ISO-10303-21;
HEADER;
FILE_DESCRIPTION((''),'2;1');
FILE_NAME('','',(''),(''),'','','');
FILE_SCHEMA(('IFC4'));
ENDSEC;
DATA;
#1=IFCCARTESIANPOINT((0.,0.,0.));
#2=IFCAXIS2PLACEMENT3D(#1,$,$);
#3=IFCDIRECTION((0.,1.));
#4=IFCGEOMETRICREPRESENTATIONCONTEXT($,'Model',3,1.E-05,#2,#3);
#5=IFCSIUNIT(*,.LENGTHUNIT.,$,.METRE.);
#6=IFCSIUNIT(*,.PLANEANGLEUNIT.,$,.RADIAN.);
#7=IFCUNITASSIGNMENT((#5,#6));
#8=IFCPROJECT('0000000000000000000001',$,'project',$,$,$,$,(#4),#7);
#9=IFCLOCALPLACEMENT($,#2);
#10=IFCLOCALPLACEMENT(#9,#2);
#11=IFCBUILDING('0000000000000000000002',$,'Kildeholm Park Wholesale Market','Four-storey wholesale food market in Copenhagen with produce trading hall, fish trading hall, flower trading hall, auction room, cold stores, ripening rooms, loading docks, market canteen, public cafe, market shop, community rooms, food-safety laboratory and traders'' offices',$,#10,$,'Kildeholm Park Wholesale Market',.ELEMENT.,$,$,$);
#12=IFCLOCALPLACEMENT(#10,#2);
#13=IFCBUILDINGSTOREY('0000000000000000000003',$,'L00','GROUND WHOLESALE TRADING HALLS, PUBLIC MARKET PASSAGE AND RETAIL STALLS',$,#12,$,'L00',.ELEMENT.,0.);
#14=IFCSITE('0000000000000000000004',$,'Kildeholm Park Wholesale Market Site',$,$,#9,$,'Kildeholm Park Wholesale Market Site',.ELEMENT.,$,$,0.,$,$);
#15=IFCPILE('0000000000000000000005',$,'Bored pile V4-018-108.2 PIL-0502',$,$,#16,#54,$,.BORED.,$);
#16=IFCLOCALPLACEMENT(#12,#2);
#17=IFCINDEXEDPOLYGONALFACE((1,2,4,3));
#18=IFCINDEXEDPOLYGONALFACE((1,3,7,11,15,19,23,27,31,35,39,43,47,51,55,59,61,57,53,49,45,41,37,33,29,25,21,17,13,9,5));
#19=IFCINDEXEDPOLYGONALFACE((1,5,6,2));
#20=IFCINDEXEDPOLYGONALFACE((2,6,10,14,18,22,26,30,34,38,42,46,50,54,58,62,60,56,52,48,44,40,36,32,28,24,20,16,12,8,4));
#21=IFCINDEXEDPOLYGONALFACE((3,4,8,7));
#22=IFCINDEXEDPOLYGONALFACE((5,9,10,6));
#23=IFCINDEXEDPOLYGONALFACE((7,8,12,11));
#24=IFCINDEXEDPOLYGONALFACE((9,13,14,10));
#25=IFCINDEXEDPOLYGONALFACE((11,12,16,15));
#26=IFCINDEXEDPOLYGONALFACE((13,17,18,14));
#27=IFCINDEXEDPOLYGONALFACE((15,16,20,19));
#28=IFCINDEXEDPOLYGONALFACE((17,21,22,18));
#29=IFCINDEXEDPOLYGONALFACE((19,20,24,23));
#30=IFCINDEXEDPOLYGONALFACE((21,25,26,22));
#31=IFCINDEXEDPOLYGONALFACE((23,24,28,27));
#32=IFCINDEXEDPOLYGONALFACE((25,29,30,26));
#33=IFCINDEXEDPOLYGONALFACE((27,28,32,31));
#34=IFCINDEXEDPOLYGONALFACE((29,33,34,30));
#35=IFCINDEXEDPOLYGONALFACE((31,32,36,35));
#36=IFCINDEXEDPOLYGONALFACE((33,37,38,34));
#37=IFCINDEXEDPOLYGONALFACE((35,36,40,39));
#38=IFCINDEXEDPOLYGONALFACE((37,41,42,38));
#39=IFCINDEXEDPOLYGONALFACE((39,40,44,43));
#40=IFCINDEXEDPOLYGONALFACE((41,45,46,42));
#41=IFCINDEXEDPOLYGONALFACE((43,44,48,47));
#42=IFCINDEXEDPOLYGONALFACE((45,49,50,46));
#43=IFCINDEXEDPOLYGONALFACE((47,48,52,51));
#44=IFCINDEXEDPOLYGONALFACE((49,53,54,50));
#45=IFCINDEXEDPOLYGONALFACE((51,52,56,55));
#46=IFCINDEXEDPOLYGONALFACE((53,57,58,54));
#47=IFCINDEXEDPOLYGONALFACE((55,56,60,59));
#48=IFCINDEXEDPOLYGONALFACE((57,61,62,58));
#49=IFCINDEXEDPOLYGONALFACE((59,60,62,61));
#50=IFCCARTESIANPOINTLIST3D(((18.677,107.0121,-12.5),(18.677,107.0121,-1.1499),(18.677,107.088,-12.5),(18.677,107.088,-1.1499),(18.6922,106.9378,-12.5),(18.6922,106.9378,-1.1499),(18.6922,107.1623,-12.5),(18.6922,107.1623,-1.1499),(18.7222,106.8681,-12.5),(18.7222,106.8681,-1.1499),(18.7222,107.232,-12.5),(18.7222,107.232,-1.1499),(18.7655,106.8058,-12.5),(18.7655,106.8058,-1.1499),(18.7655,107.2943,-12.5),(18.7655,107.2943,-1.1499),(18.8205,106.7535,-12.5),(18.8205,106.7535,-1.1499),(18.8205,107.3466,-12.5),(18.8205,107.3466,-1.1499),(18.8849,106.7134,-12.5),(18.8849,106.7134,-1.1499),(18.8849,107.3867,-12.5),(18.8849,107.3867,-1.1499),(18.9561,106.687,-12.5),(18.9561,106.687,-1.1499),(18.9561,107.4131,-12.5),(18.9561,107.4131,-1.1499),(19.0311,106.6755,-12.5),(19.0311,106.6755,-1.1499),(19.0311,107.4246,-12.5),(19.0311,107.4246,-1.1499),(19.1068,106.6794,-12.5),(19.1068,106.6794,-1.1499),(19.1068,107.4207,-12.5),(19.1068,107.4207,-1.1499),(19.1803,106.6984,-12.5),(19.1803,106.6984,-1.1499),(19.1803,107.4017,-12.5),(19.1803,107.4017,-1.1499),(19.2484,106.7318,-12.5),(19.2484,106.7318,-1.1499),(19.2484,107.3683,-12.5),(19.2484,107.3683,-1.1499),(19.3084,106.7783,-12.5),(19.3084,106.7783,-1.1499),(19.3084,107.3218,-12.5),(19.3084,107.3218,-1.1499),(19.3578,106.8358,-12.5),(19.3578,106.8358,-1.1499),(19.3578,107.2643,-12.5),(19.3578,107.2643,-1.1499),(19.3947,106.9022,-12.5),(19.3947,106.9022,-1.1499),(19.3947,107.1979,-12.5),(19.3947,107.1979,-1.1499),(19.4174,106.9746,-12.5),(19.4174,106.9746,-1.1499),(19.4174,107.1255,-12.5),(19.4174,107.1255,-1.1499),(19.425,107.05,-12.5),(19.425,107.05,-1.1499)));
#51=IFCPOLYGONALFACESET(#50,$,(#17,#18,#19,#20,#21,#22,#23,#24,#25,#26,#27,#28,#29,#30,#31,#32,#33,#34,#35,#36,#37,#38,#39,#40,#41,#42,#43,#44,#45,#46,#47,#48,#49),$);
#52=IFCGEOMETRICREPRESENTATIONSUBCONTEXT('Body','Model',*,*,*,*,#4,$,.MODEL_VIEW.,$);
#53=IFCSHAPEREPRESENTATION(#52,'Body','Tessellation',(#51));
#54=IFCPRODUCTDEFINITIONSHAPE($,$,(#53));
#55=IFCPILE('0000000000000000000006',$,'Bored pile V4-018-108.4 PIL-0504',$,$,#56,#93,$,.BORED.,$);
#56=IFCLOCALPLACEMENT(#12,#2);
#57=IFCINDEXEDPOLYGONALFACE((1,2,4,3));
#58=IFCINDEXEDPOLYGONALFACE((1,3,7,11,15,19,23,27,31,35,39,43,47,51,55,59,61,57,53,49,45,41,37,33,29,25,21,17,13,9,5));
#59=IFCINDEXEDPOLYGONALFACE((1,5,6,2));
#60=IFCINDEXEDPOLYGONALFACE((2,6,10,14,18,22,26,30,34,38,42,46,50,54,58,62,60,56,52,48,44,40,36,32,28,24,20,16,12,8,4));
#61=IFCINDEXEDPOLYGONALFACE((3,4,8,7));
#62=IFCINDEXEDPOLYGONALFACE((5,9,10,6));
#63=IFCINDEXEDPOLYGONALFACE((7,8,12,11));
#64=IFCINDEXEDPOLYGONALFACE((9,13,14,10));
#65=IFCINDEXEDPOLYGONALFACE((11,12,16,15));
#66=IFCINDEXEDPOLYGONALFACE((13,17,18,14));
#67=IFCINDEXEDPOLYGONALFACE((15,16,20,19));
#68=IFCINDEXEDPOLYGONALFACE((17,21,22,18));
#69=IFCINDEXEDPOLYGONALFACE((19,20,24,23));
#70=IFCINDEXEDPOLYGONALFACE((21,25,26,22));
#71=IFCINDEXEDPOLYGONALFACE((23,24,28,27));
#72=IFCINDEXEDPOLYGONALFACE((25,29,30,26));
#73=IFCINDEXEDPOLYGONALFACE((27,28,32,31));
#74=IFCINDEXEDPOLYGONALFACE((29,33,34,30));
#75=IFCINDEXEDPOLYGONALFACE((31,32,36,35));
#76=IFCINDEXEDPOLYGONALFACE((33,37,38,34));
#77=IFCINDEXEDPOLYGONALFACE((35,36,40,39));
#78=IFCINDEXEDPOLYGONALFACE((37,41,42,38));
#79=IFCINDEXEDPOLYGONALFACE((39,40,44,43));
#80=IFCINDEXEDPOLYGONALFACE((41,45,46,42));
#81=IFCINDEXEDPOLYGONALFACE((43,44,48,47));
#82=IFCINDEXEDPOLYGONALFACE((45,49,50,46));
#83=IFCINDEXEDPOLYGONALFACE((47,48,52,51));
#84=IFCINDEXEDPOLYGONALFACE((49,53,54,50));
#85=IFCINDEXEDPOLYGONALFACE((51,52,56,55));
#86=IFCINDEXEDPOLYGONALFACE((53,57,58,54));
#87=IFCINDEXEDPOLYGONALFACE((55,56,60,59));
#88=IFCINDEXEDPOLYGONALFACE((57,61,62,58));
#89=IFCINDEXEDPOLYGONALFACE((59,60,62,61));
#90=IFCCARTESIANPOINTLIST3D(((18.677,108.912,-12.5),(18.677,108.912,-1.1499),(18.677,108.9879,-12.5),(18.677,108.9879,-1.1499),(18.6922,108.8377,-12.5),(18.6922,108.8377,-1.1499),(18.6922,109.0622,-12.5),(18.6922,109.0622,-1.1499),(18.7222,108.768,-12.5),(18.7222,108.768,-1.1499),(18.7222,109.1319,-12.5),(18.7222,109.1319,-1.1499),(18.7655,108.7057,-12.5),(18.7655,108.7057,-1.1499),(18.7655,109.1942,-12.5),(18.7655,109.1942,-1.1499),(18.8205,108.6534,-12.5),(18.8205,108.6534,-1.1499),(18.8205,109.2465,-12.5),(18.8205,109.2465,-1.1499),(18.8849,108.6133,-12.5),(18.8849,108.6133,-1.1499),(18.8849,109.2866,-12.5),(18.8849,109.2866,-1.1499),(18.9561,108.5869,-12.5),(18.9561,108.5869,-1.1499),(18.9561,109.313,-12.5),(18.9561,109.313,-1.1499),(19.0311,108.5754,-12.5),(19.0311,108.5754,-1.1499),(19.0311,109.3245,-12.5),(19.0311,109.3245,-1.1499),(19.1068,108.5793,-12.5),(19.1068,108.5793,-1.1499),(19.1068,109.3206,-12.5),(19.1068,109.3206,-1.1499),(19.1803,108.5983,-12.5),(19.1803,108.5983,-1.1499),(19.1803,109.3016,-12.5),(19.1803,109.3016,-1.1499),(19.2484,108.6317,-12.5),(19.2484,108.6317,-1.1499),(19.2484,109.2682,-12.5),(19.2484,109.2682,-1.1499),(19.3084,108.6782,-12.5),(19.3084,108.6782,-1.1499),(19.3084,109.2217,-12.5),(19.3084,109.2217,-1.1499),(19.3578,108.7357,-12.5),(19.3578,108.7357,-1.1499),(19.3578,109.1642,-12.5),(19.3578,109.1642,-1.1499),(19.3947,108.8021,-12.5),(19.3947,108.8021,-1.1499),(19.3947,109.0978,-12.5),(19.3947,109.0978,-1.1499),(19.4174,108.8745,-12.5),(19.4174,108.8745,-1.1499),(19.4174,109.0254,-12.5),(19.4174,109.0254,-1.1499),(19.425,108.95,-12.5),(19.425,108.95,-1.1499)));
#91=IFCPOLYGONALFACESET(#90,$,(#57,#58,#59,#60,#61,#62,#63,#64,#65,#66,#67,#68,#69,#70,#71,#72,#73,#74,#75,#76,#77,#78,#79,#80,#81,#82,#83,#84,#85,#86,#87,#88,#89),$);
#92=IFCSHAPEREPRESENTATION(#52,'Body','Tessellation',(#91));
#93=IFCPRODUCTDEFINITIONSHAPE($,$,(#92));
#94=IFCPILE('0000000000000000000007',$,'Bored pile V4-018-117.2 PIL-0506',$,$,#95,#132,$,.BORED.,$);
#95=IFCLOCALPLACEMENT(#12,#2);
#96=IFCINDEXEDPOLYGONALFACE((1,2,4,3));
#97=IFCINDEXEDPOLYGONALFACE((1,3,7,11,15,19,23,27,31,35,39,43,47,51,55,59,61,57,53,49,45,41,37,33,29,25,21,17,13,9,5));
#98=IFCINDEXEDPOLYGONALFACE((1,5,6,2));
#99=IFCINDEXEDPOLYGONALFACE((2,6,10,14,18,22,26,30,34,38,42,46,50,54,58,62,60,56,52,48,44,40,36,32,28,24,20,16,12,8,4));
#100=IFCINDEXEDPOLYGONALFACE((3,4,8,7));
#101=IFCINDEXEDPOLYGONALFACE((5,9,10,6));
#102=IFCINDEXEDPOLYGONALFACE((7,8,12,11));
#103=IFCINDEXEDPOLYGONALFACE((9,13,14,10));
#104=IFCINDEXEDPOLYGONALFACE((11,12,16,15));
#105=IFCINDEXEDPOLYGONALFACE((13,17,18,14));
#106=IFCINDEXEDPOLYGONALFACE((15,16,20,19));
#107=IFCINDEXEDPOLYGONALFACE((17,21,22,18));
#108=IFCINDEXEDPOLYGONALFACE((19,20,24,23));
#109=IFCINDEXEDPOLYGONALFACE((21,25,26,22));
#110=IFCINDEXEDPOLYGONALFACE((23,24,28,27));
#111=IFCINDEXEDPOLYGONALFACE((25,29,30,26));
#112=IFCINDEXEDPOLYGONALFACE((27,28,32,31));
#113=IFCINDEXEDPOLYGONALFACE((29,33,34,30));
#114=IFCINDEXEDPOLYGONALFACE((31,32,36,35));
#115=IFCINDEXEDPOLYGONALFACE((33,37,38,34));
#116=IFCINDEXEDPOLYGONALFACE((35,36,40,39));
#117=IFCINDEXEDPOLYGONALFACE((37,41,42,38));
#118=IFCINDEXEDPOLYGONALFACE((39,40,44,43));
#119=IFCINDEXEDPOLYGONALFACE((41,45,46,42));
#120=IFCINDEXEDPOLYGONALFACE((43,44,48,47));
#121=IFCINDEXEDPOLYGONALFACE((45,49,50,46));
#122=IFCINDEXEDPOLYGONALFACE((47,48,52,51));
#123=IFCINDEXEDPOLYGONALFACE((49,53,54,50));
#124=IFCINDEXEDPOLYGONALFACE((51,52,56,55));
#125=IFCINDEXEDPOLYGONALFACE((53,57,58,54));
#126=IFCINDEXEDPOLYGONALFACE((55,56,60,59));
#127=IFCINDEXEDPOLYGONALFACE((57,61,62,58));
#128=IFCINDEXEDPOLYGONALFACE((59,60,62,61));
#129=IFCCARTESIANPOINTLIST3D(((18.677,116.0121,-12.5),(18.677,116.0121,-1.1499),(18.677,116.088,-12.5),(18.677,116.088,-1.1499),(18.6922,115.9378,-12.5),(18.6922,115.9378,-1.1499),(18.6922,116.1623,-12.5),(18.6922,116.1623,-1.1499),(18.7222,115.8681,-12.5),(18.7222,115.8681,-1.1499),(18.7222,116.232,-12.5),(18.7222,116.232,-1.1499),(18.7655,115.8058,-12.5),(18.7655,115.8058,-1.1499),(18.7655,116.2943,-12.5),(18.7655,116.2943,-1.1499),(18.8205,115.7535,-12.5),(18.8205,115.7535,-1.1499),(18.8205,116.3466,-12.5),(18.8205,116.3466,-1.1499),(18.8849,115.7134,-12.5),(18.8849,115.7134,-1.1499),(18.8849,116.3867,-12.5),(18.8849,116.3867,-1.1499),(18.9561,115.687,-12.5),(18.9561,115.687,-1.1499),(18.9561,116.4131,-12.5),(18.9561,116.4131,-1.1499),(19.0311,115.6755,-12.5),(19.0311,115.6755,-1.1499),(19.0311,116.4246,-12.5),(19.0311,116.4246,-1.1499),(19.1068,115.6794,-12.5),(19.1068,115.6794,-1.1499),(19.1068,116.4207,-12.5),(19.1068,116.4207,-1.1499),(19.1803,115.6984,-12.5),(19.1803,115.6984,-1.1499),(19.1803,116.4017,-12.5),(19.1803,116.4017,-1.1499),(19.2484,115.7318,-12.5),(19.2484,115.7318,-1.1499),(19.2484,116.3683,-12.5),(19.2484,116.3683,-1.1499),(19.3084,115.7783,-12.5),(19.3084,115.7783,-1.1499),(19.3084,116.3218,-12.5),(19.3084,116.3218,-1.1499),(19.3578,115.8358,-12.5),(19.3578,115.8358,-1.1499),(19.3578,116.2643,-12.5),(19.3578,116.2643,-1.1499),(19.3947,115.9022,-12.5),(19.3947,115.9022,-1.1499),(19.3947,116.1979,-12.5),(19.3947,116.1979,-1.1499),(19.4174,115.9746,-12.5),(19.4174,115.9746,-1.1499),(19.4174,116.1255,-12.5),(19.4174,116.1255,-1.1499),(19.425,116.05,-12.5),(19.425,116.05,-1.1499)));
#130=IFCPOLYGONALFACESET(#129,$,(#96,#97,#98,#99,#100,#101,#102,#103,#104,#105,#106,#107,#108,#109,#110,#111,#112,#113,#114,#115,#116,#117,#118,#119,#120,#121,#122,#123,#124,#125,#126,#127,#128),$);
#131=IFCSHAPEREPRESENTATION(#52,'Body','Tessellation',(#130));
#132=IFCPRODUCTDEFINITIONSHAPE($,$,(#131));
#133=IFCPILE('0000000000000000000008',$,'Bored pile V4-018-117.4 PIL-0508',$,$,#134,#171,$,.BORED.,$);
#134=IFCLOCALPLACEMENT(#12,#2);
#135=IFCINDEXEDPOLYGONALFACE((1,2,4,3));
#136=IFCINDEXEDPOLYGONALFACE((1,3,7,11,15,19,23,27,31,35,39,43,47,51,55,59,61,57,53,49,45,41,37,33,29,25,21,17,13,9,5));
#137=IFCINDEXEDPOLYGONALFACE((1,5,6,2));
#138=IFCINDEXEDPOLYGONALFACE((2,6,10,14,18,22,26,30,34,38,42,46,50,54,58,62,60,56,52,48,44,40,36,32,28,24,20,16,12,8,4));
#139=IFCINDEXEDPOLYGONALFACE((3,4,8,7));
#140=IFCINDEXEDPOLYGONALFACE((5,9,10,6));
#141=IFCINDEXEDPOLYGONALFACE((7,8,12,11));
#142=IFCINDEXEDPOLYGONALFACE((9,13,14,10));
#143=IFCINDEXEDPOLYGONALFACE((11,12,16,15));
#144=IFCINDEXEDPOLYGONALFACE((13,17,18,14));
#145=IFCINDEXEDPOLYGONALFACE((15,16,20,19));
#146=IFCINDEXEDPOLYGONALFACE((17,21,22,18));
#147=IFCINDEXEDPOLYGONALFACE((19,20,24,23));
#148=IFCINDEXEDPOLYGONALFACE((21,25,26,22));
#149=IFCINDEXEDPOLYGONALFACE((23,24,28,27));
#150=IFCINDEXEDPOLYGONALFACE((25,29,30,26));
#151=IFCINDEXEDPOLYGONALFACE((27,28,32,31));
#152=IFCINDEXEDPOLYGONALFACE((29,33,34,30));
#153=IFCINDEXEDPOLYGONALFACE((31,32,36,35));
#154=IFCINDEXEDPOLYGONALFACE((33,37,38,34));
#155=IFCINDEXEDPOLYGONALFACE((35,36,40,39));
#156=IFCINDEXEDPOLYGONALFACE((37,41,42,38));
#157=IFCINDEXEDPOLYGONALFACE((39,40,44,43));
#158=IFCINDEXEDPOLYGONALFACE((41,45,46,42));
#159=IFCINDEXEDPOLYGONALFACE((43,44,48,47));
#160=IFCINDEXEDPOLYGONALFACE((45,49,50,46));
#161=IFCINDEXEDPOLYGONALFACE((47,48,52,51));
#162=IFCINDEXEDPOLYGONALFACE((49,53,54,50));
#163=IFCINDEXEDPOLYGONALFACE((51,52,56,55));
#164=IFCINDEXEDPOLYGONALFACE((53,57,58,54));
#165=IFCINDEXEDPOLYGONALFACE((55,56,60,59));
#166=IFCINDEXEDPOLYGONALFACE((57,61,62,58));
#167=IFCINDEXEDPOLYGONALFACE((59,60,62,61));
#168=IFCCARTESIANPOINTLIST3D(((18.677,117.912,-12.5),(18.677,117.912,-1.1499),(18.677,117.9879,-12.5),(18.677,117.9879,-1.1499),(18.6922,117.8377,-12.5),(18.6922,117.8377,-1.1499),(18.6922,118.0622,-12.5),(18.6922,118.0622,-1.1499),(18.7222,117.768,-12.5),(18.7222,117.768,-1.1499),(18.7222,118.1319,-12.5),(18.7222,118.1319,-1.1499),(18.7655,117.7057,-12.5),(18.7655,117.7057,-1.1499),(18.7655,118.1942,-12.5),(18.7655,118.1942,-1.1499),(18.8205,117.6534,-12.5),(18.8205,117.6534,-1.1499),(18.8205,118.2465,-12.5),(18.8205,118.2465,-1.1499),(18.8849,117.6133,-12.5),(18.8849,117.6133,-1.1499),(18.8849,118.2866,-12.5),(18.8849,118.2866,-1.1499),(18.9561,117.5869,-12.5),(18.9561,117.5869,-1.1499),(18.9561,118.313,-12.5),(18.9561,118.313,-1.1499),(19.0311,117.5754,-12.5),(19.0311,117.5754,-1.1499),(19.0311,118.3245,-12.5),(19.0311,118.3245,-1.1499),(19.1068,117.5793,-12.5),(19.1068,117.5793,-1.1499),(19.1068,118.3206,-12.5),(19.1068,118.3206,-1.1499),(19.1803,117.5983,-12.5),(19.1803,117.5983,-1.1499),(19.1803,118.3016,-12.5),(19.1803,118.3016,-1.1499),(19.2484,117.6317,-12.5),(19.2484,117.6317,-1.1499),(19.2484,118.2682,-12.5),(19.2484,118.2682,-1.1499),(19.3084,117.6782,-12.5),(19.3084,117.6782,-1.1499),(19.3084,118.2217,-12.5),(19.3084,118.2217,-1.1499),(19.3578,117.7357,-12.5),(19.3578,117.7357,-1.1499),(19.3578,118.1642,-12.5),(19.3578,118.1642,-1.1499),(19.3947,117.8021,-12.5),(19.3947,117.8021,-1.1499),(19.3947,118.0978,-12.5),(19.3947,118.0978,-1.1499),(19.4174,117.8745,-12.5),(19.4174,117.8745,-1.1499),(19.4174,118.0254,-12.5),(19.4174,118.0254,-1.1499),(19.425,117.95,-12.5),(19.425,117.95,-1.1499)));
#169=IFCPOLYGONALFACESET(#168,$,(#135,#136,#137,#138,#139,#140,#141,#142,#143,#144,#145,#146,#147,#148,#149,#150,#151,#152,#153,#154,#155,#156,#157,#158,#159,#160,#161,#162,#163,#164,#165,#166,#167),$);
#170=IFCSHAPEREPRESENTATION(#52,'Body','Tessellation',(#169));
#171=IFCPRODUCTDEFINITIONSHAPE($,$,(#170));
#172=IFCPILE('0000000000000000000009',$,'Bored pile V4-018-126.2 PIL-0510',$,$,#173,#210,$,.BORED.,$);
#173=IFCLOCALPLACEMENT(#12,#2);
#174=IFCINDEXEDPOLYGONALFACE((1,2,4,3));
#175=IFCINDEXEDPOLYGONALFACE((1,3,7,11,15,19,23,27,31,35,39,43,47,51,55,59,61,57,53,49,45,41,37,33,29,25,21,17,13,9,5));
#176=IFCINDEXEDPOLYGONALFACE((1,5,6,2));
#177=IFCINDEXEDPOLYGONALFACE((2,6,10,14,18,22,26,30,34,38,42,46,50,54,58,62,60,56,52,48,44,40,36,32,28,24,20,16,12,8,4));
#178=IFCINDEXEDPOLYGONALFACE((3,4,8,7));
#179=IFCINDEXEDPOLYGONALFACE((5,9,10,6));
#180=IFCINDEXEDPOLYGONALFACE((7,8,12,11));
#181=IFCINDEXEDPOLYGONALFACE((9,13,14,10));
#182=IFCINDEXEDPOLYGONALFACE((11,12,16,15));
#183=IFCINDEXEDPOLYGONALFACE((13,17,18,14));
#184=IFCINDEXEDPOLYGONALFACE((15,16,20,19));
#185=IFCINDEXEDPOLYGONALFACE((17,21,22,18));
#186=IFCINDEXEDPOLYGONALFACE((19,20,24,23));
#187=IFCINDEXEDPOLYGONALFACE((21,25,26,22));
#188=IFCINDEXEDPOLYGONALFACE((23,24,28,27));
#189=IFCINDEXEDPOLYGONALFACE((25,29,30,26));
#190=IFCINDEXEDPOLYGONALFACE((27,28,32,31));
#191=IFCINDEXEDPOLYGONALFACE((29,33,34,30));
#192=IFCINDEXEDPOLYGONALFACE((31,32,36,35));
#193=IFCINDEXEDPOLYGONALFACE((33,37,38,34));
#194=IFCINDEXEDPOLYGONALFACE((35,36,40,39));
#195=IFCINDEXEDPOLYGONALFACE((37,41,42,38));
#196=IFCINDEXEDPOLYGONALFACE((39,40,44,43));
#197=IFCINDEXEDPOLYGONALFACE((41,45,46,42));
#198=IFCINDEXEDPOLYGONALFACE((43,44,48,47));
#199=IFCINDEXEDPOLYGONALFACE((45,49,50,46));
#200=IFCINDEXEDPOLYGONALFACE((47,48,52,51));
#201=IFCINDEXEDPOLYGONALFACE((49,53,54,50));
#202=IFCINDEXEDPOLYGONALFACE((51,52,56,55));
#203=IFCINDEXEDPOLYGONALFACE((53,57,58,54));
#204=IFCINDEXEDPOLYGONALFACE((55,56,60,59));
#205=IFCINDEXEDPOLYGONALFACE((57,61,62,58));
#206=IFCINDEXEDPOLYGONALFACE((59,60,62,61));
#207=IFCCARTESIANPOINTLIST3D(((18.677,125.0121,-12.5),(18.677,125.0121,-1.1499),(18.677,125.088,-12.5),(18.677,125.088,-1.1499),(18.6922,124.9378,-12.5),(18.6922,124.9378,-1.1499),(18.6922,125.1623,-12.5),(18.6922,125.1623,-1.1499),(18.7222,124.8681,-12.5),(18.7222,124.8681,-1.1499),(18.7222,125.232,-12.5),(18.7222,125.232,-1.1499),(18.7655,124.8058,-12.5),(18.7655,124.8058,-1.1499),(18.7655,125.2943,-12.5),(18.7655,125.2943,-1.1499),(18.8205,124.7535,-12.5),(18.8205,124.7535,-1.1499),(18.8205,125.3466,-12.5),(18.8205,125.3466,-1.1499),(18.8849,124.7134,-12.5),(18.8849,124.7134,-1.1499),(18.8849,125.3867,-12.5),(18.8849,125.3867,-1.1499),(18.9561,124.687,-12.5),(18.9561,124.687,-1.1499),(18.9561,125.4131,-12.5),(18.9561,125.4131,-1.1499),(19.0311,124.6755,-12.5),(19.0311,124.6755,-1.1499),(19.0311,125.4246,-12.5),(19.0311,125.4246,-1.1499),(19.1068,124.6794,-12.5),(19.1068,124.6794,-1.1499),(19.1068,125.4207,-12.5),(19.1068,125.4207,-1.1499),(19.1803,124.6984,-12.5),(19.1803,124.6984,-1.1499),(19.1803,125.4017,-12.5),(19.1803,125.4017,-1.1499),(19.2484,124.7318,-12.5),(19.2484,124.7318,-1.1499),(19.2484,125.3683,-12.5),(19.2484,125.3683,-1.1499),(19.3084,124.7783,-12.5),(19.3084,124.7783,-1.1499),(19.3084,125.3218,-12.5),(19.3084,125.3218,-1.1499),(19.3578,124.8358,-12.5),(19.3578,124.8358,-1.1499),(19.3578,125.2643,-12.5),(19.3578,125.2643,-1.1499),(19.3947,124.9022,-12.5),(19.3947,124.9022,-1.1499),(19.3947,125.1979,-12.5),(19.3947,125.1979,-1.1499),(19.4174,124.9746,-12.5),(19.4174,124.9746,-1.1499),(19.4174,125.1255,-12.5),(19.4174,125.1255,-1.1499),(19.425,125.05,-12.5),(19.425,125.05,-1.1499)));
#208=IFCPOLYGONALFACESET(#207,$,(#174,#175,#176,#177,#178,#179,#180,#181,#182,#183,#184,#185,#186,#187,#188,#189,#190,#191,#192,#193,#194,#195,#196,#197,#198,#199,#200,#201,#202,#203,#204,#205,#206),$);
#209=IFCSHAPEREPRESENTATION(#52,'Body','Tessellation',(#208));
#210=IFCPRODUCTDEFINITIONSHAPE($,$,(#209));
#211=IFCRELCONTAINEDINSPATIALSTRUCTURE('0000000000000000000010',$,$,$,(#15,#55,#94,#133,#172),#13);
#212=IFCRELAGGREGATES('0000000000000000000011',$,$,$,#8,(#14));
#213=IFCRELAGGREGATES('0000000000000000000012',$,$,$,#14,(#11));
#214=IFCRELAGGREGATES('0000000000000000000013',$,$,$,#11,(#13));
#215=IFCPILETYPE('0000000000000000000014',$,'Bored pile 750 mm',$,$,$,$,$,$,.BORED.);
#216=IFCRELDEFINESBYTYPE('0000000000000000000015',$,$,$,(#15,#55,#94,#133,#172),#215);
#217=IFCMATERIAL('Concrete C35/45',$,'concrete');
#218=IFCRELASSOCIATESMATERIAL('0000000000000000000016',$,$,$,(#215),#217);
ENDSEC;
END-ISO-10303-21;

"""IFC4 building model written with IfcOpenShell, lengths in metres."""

from ifc_helpers import new_model, si_unit, direction, frame, origin, origin_2d, place, context, subcontext, project, spatial, circle, extrude, material, material_profile, profile_set, type_object, element, save


model = new_model("IFC4")

# Units and contexts
model_context = context("Model", 3, precision=1e-05, world=origin(), true_north=direction((0.0, 1.0)))
body_context = subcontext(model_context, "Body", "Model", "MODEL_VIEW")
ifc_project = project(units=[si_unit("LENGTHUNIT", "METRE"), si_unit("PLANEANGLEUNIT", "RADIAN")], contexts=[model_context])

# Site, building, storey
site_placement = place(None, origin())
site = spatial("IfcSite", under=ifc_project, at=site_placement, Name="Kildeholm Park Wholesale Market Site", LongName="Kildeholm Park Wholesale Market Site", CompositionType="ELEMENT", RefElevation=0.0)
building_placement = place(site_placement, origin())
building = spatial("IfcBuilding", under=site, at=building_placement, Name="Kildeholm Park Wholesale Market", Description="Four-storey wholesale food market in Copenhagen with produce trading hall, fish trading hall, flower trading hall, auction room, cold stores, ripening rooms, loading docks, market canteen, public cafe, market shop, community rooms, food-safety laboratory and traders' offices", LongName="Kildeholm Park Wholesale Market", CompositionType="ELEMENT")
storey_placement = place(building_placement, origin())
storey = spatial("IfcBuildingStorey", under=building, at=storey_placement, Name="L00", Description="GROUND WHOLESALE TRADING HALLS, PUBLIC MARKET PASSAGE AND RETAIL STALLS", LongName="L00", CompositionType="ELEMENT", Elevation=0.0)

# Piles
ifc_material_1 = material(Name="Concrete C35/45", Category="concrete")
ifc_material_profile_1 = material_profile(ifc_material_1, circle(Radius=0.375, at=origin_2d()), Name="PILE D750")
ifc_profile_set_1 = profile_set([ifc_material_profile_1], Name="Concrete C35/45")
pile_type = type_object("IfcPileType", Name="Bored pile 750 mm", PredefinedType="BORED", material=ifc_profile_set_1)
for number, where, z_axis, x_axis, name in (
    (1, (19.05, 107.05, -1.1499), (0.0, 0.0, -1.0), (1.0, 0.0, 0.0), "Bored pile V4-018-108.2 PIL-0502"),
    (2, (19.05, 108.95, -1.1499), (0.0, 0.0, -1.0), (1.0, 0.0, 0.0), "Bored pile V4-018-108.4 PIL-0504"),
    (3, (19.05, 116.05, -1.1499), (0.0, 0.0, -1.0), (1.0, 0.0, 0.0), "Bored pile V4-018-117.2 PIL-0506"),
    (4, (19.05, 117.95, -1.1499), (0.0, 0.0, -1.0), (1.0, 0.0, 0.0), "Bored pile V4-018-117.4 PIL-0508"),
    (5, (19.05, 125.05, -1.1499), (0.0, 0.0, -1.0), (1.0, 0.0, 0.0), "Bored pile V4-018-126.2 PIL-0510"),
):
    element("IfcPile", number, at=place(storey_placement, frame(where, z_axis=z_axis, x_axis=x_axis)), inside=storey, type_object=pile_type, Name=name, PredefinedType="BORED", context=body_context, shape_type="SweptSolid", body=[
        extrude(circle(Radius=0.375, at=origin_2d()), origin(), (0.0, 0.0, 1.0), 11.3501),
    ])

save(model, "model.ifc")
